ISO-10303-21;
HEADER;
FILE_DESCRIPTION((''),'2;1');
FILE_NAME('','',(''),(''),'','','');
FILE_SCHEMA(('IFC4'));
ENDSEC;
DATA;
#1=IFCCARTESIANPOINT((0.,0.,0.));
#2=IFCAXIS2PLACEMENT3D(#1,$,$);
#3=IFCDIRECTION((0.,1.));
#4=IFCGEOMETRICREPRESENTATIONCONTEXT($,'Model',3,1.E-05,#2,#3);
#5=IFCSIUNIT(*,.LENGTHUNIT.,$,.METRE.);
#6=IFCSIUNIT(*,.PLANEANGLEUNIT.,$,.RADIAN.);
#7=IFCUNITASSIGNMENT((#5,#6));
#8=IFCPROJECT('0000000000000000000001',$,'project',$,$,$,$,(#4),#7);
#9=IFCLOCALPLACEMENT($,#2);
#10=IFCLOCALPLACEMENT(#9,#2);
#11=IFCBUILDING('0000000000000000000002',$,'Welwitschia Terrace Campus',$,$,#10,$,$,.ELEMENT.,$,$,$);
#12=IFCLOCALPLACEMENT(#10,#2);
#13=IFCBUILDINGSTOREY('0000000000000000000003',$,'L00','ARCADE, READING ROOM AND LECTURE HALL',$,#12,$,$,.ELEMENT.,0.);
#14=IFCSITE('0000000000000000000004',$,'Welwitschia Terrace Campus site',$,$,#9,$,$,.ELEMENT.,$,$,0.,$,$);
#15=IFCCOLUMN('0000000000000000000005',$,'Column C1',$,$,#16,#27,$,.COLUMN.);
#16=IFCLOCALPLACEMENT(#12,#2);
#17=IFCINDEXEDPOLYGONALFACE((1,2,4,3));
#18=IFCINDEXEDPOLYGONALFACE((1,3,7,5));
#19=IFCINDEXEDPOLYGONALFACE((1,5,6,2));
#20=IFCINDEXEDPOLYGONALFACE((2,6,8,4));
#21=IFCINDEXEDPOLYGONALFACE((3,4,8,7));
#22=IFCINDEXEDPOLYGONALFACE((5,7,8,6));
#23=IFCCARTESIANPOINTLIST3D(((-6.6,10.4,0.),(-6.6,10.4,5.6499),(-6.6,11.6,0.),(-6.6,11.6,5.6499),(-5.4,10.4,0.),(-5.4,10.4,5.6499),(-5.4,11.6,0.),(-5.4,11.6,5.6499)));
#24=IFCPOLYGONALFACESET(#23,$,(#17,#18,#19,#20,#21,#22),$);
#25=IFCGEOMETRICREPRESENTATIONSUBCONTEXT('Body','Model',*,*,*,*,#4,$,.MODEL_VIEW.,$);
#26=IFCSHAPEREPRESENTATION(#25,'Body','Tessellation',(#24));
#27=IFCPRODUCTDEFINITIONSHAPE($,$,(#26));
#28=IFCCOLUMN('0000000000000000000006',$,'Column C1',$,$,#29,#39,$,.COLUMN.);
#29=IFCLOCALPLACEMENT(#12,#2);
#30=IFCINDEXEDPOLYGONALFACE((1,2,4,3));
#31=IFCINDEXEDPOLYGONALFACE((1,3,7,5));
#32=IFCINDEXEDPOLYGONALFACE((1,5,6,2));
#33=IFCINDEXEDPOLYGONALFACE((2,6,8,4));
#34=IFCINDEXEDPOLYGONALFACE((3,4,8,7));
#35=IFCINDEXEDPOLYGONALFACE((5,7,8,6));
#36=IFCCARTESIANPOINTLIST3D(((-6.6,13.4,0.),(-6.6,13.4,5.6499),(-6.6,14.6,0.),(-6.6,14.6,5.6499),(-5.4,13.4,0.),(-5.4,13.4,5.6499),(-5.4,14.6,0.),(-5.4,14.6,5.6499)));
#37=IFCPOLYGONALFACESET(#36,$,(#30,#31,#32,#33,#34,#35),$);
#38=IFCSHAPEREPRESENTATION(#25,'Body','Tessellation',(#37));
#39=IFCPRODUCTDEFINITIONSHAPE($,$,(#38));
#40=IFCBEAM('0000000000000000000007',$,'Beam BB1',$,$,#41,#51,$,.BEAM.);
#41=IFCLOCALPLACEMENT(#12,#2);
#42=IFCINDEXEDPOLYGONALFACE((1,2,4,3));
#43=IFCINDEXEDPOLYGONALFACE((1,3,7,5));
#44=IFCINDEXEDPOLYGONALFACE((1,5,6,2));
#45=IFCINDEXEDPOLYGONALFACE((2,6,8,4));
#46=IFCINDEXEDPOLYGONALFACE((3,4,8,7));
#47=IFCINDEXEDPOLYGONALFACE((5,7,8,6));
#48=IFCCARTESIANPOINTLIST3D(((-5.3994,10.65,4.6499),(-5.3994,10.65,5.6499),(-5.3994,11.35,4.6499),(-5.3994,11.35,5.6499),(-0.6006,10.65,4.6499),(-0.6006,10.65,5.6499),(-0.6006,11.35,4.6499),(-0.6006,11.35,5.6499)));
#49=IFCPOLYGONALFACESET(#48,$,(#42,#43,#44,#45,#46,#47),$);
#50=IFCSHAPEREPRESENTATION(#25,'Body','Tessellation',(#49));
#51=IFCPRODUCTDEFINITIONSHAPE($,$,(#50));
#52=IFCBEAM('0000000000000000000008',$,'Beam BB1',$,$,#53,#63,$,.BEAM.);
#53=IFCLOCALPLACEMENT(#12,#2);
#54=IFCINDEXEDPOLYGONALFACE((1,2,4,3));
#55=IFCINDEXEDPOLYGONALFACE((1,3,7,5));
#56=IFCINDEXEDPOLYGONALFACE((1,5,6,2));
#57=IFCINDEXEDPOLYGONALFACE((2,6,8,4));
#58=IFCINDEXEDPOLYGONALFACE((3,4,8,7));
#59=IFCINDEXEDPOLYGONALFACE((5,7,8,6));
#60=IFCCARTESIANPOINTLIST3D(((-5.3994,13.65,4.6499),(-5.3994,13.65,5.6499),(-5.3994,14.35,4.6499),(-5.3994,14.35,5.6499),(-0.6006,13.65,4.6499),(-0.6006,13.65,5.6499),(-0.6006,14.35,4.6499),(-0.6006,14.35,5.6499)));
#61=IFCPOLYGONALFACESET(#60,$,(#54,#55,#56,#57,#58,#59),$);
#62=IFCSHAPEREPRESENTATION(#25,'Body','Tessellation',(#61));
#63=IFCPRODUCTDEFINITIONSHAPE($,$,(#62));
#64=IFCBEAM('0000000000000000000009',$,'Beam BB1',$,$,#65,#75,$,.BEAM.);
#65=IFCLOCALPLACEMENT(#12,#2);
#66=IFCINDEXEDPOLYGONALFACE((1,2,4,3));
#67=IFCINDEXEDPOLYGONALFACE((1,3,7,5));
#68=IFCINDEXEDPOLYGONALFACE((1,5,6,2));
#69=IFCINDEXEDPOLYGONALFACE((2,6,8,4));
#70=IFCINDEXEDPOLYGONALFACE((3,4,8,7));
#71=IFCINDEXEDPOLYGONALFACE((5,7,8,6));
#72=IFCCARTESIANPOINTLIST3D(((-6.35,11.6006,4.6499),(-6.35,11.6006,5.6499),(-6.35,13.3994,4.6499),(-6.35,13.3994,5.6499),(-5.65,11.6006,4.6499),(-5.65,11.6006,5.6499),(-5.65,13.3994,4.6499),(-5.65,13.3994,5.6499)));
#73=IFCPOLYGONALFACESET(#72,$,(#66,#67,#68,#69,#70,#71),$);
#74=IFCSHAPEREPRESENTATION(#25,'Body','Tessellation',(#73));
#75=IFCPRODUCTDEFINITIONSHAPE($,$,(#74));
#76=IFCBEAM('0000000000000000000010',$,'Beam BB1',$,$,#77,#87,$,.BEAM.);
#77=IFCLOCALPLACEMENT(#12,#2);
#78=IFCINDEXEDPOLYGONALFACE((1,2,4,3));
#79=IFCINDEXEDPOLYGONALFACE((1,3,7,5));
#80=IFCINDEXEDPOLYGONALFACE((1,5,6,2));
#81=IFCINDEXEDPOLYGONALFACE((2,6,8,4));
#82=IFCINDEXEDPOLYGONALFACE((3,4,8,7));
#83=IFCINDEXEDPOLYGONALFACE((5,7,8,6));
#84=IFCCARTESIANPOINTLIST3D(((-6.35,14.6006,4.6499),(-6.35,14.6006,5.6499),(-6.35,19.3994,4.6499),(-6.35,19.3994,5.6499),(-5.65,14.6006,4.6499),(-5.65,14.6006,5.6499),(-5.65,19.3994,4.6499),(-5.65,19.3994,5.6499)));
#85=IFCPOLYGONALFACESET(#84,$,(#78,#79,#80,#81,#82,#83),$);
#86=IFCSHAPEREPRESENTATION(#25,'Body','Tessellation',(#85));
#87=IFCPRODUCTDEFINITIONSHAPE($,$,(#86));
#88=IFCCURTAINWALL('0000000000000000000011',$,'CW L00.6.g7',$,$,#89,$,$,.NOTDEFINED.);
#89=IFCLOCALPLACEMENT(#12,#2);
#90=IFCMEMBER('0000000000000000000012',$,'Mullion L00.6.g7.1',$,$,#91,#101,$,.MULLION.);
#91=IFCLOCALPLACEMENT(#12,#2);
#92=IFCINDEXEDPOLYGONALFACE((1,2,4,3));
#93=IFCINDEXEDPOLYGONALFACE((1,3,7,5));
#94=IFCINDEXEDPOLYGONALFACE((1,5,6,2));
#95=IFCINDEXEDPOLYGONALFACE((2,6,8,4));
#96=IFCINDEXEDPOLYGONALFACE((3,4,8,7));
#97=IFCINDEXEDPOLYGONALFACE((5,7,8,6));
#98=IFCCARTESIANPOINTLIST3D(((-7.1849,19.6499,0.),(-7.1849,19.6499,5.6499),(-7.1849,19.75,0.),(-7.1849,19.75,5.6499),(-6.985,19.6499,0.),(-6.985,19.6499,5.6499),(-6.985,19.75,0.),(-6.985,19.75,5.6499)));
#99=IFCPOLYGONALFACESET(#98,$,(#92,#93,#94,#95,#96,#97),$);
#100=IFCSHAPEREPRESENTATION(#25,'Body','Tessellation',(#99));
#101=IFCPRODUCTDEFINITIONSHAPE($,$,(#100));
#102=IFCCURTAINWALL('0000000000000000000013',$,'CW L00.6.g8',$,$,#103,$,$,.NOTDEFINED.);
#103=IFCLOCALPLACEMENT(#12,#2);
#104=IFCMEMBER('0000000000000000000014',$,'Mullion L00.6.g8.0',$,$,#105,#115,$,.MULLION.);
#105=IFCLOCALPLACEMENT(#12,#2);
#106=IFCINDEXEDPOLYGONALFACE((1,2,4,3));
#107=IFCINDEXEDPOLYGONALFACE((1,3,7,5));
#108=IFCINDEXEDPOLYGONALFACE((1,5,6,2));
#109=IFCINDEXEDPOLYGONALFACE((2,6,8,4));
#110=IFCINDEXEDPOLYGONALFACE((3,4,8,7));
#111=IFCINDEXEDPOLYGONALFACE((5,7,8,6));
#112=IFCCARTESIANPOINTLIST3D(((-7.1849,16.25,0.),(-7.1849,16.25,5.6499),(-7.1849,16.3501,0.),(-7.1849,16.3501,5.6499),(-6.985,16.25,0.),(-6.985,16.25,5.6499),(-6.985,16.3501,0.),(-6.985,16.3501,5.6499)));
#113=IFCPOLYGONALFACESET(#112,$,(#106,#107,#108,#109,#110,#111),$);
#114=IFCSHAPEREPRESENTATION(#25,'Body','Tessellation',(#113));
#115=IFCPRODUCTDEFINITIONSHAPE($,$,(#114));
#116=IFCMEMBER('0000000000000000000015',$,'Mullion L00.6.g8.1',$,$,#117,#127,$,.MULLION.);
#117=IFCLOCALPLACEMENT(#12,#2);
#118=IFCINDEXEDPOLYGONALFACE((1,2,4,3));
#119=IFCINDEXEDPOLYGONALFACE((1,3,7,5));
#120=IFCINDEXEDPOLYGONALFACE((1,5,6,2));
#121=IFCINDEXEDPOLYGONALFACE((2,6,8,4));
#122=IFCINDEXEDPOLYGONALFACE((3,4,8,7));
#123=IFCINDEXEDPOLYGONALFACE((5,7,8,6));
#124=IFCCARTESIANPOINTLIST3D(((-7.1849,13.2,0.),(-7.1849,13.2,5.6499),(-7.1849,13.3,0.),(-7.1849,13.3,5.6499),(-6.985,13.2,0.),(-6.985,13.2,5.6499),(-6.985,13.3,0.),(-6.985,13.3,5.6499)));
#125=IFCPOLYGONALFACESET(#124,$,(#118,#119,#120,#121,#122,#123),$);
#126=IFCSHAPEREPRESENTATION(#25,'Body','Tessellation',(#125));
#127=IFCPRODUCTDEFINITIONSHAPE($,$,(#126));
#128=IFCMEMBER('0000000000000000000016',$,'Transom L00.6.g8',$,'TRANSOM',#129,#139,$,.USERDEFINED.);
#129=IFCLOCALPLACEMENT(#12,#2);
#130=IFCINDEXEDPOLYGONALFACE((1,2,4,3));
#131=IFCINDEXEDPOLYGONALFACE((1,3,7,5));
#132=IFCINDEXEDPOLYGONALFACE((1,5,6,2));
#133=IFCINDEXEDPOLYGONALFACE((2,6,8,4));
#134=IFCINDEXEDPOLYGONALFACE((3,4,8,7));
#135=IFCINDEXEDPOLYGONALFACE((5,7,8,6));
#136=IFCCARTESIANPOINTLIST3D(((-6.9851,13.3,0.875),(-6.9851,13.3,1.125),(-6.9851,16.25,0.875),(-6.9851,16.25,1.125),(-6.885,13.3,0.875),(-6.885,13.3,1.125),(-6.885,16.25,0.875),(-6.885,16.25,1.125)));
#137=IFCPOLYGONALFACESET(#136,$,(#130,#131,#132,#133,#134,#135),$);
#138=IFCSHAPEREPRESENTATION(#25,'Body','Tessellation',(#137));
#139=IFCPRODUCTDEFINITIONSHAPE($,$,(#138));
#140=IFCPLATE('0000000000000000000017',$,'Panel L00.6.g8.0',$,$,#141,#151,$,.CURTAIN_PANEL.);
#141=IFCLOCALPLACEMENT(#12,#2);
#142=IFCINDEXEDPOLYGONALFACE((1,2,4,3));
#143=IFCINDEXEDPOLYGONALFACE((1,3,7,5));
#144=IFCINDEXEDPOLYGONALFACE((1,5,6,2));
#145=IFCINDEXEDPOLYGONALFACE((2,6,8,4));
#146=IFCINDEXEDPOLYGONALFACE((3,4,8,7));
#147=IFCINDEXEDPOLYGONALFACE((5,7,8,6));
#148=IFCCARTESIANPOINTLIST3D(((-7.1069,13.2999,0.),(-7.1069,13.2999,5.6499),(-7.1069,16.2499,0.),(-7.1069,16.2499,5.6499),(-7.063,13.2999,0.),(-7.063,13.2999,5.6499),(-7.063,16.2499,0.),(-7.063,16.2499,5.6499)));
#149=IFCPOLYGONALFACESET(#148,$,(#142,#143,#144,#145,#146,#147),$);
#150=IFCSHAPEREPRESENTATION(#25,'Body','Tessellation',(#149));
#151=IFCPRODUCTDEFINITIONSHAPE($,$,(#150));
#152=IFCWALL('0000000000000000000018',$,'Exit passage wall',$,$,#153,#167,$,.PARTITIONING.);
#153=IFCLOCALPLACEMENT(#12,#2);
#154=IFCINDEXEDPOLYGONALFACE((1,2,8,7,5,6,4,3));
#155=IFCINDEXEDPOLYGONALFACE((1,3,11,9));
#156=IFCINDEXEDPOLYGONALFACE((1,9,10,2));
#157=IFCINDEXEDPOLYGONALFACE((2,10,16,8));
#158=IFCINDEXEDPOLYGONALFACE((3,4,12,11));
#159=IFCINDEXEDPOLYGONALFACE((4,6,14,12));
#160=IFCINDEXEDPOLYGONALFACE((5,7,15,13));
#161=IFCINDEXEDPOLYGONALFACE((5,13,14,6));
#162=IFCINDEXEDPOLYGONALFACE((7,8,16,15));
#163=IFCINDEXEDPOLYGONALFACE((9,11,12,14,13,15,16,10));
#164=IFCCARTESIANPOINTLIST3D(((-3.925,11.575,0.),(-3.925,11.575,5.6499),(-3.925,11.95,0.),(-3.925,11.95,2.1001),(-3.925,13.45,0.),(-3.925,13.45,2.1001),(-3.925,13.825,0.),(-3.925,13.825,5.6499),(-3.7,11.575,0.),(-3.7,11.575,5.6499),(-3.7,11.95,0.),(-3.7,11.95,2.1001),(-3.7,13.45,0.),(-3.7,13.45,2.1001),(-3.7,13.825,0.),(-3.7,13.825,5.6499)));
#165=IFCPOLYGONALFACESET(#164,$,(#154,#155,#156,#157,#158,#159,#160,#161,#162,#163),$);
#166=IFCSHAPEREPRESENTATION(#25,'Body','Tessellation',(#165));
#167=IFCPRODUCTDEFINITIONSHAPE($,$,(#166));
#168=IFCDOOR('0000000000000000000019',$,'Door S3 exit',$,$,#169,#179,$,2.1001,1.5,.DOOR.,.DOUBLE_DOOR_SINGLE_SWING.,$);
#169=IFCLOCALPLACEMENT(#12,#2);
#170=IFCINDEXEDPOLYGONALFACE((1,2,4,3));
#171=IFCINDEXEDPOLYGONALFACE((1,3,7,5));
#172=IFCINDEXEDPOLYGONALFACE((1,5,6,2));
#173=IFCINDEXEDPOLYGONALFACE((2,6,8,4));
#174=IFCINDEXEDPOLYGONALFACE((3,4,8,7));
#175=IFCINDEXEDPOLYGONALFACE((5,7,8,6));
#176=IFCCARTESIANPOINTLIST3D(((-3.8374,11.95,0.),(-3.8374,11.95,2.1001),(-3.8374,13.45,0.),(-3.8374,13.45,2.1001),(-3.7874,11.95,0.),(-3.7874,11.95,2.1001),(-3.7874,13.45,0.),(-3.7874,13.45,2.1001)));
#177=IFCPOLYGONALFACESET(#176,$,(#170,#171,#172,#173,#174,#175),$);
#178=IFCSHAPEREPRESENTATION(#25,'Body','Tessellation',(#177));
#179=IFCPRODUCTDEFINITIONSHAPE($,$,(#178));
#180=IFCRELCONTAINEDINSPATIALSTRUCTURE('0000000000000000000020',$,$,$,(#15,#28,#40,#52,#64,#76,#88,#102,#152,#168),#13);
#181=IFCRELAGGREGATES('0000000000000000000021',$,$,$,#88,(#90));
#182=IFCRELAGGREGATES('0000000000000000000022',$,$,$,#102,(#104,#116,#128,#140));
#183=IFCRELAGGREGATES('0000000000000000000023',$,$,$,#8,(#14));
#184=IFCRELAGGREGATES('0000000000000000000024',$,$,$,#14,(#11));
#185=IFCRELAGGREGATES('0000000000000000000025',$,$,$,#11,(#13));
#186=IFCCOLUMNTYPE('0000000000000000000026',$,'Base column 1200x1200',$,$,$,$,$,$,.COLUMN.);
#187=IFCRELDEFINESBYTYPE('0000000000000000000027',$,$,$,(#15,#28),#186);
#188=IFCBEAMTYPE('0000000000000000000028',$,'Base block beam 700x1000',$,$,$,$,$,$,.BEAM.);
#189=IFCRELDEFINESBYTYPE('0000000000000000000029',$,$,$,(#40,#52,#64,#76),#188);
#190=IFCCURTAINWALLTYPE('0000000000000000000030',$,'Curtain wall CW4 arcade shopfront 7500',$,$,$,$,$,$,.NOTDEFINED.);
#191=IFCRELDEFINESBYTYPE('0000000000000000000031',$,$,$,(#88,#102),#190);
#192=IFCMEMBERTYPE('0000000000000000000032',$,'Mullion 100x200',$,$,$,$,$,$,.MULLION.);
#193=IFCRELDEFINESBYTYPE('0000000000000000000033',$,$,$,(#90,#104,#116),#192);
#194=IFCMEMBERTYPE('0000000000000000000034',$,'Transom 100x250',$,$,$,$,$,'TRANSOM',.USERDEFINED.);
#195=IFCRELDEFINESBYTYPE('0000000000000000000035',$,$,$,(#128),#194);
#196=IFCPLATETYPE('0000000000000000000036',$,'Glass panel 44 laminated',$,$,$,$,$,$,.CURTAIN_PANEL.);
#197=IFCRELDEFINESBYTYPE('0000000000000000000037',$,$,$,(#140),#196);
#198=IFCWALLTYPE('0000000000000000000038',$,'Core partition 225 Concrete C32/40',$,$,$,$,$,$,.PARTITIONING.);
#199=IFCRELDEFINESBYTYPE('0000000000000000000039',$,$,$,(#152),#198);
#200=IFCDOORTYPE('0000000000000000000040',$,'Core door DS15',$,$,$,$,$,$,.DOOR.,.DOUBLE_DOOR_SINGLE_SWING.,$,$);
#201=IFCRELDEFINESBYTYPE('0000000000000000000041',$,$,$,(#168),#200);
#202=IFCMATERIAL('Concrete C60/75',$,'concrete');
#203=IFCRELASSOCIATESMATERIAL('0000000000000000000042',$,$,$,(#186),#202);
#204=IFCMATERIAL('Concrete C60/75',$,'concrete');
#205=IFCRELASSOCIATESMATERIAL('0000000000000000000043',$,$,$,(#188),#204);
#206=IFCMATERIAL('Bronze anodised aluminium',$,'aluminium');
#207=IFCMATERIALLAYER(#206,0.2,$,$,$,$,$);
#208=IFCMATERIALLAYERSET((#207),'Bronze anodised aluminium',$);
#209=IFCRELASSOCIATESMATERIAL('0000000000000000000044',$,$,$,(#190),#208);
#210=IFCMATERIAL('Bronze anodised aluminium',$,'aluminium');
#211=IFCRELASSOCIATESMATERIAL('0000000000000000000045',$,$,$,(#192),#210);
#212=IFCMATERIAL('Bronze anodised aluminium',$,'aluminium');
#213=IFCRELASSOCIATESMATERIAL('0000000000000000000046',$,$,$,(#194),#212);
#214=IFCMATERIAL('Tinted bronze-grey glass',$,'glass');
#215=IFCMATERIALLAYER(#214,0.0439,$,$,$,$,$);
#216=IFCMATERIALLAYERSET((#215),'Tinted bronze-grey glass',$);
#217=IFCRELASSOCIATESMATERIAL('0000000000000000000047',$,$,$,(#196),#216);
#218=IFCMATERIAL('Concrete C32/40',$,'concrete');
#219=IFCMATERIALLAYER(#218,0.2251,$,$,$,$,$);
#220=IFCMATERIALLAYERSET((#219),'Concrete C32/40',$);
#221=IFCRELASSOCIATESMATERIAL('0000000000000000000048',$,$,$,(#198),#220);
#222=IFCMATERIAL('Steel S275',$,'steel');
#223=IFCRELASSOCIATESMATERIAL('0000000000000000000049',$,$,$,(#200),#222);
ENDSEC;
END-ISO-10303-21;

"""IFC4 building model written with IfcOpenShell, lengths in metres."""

from ifc_helpers import new_model, si_unit, direction, frame, frame_2d, origin, origin_2d, place, context, subcontext, project, spatial, rectangle, extrude, material, layer, layer_set, material_profile, profile_set, type_object, element, fill, aggregate, save


model = new_model("IFC4")

# Units and contexts
model_context = context("Model", 3, precision=1e-05, world=origin(), true_north=direction((0.0, 1.0)))
body_context = subcontext(model_context, "Body", "Model", "MODEL_VIEW")
ifc_project = project(units=[si_unit("LENGTHUNIT", "METRE"), si_unit("PLANEANGLEUNIT", "RADIAN")], contexts=[model_context])

# Site, building, storey
site_placement = place(None, origin())
site = spatial("IfcSite", under=ifc_project, at=site_placement, Name="Welwitschia Terrace Campus site", CompositionType="ELEMENT", RefElevation=0.0)
building_placement = place(site_placement, origin())
building = spatial("IfcBuilding", under=site, at=building_placement, Name="Welwitschia Terrace Campus", CompositionType="ELEMENT")
storey_placement = place(building_placement, origin())
storey = spatial("IfcBuildingStorey", under=building, at=storey_placement, Name="L00", Description="ARCADE, READING ROOM AND LECTURE HALL", CompositionType="ELEMENT", Elevation=0.0)

# Columns
ifc_material_1 = material(Name="Concrete C60/75", Category="concrete")
ifc_material_profile_1 = material_profile(ifc_material_1, rectangle(XDim=1.2, YDim=1.2, at=origin_2d()))
ifc_profile_set_1 = profile_set([ifc_material_profile_1], Name="Concrete C60/75")
column_type = type_object("IfcColumnType", Name="Base column 1200x1200", PredefinedType="COLUMN", material=ifc_profile_set_1)
for number, where, z_axis, x_axis, name in (
    (1, (-6.0, 11.0, 0.0), (0.0, 0.0, 1.0), (1.0, 0.0, 0.0), "Column C1"),
    (2, (-6.0, 14.0, 0.0), (0.0, 0.0, 1.0), (1.0, 0.0, 0.0), "Column C1"),
):
    element("IfcColumn", number, at=place(storey_placement, frame(where, z_axis=z_axis, x_axis=x_axis)), inside=storey, type_object=column_type, Name=name, PredefinedType="COLUMN", context=body_context, shape_type="SweptSolid", body=[
        extrude(rectangle(XDim=1.2, YDim=1.2, at=origin_2d()), origin(), (0.0, 0.0, 1.0), 5.6499),
    ])

# Beams
ifc_material_2 = material(Name="Concrete C60/75", Category="concrete")
ifc_material_profile_2 = material_profile(ifc_material_2, rectangle(XDim=0.7, YDim=1.0, at=origin_2d()))
ifc_profile_set_2 = profile_set([ifc_material_profile_2], Name="Concrete C60/75")
beam_type = type_object("IfcBeamType", Name="Base block beam 700x1000", PredefinedType="BEAM", material=ifc_profile_set_2)
for number, where, z_axis, x_axis, name in (
    (3, (-5.3994, 11.0, 5.1499), (1.0, 0.0, 0.0), (0.0, 1.0, 0.0), "Beam BB1"),
    (4, (-5.3994, 14.0, 5.1499), (1.0, 0.0, 0.0), (0.0, 1.0, 0.0), "Beam BB1"),
):
    element("IfcBeam", number, at=place(storey_placement, frame(where, z_axis=z_axis, x_axis=x_axis)), inside=storey, type_object=beam_type, Name=name, PredefinedType="BEAM", context=body_context, shape_type="SweptSolid", body=[
        extrude(rectangle(XDim=0.7, YDim=1.0, at=origin_2d()), origin(), (0.0, 0.0, 1.0), 4.7988),
    ])
beam_1_placement = place(storey_placement, frame((-6.0, 11.6006, 5.1499), z_axis=(0.0, 1.0, 0.0), x_axis=(-1.0, 0.0, 0.0)))
element("IfcBeam", 5, at=beam_1_placement, inside=storey, type_object=beam_type, Name="Beam BB1", PredefinedType="BEAM", context=body_context, shape_type="SweptSolid", body=[
    extrude(rectangle(XDim=0.7, YDim=1.0, at=origin_2d()), origin(), (0.0, 0.0, 1.0), 1.7988),
])
beam_2_placement = place(storey_placement, frame((-6.0, 14.6006, 5.1499), z_axis=(0.0, 1.0, 0.0), x_axis=(-1.0, 0.0, 0.0)))
element("IfcBeam", 6, at=beam_2_placement, inside=storey, type_object=beam_type, Name="Beam BB1", PredefinedType="BEAM", context=body_context, shape_type="SweptSolid", body=[
    extrude(rectangle(XDim=0.7, YDim=1.0, at=origin_2d()), origin(), (0.0, 0.0, 1.0), 4.7988),
])

# Curtain wall, member
ifc_material_3 = material(Name="Bronze anodised aluminium", Category="aluminium")
ifc_layer_1 = layer(ifc_material_3, 0.2)
ifc_layer_set_1 = layer_set([ifc_layer_1], Name="Bronze anodised aluminium")
curtain_wall_type = type_object("IfcCurtainWallType", Name="Curtain wall CW4 arcade shopfront 7500", PredefinedType="NOTDEFINED", material=ifc_layer_set_1)
curtain_wall_1_placement = place(storey_placement, origin())
curtain_wall_1 = element("IfcCurtainWall", 7, at=curtain_wall_1_placement, inside=storey, type_object=curtain_wall_type, Name="CW L00.6.g7", PredefinedType="NOTDEFINED")
ifc_material_4 = material(Name="Bronze anodised aluminium", Category="aluminium")
ifc_material_profile_3 = material_profile(ifc_material_4, rectangle(XDim=0.2, YDim=0.1001, at=origin_2d()))
ifc_profile_set_3 = profile_set([ifc_material_profile_3], Name="Bronze anodised aluminium")
member_type_1 = type_object("IfcMemberType", Name="Mullion 100x200", PredefinedType="MULLION", material=ifc_profile_set_3)
member_1_placement = place(storey_placement, frame((-7.085, 19.7, 0.0), z_axis=(0.0, 0.0, 1.0), x_axis=(1.0, 0.0, 0.0)))
member_1 = element("IfcMember", 8, at=member_1_placement, type_object=member_type_1, Name="Mullion L00.6.g7.1", PredefinedType="MULLION", context=body_context, shape_type="SweptSolid", body=[
    extrude(rectangle(XDim=0.2, YDim=0.1001, at=origin_2d()), origin(), (0.0, 0.0, 1.0), 5.6499),
])
aggregate(curtain_wall_1, [member_1])

# Curtain wall, members, plate
curtain_wall_2_placement = place(storey_placement, origin())
curtain_wall_2 = element("IfcCurtainWall", 9, at=curtain_wall_2_placement, inside=storey, type_object=curtain_wall_type, Name="CW L00.6.g8", PredefinedType="NOTDEFINED")
member_2_placement = place(storey_placement, frame((-7.085, 16.3, 0.0), z_axis=(0.0, 0.0, 1.0), x_axis=(1.0, 0.0, 0.0)))
member_2 = element("IfcMember", 10, at=member_2_placement, type_object=member_type_1, Name="Mullion L00.6.g8.0", PredefinedType="MULLION", context=body_context, shape_type="SweptSolid", body=[
    extrude(rectangle(XDim=0.2, YDim=0.1001, at=origin_2d()), origin(), (0.0, 0.0, 1.0), 5.6499),
])
member_3_placement = place(storey_placement, frame((-7.085, 13.25, 0.0), z_axis=(0.0, 0.0, 1.0), x_axis=(1.0, 0.0, 0.0)))
member_3 = element("IfcMember", 11, at=member_3_placement, type_object=member_type_1, Name="Mullion L00.6.g8.1", PredefinedType="MULLION", context=body_context, shape_type="SweptSolid", body=[
    extrude(rectangle(XDim=0.2, YDim=0.1001, at=origin_2d()), origin(), (0.0, 0.0, 1.0), 5.6499),
])
ifc_material_5 = material(Name="Bronze anodised aluminium", Category="aluminium")
ifc_material_profile_4 = material_profile(ifc_material_5, rectangle(XDim=0.1001, YDim=0.25, at=origin_2d()))
ifc_profile_set_4 = profile_set([ifc_material_profile_4], Name="Bronze anodised aluminium")
member_type_2 = type_object("IfcMemberType", Name="Transom 100x250", ElementType="TRANSOM", PredefinedType="USERDEFINED", material=ifc_profile_set_4)
member_4_placement = place(storey_placement, frame((-6.9351, 16.25, 1.0), z_axis=(0.0, -1.0, 0.0), x_axis=(1.0, 0.0, 0.0)))
member_4 = element("IfcMember", 12, at=member_4_placement, type_object=member_type_2, Name="Transom L00.6.g8", ObjectType="TRANSOM", PredefinedType="USERDEFINED", context=body_context, shape_type="SweptSolid", body=[
    extrude(rectangle(XDim=0.1001, YDim=0.25, at=origin_2d()), origin(), (0.0, 0.0, 1.0), 2.95),
])
ifc_material_6 = material(Name="Tinted bronze-grey glass", Category="glass")
ifc_layer_2 = layer(ifc_material_6, 0.0439)
ifc_layer_set_2 = layer_set([ifc_layer_2], Name="Tinted bronze-grey glass")
plate_type = type_object("IfcPlateType", Name="Glass panel 44 laminated", PredefinedType="CURTAIN_PANEL", material=ifc_layer_set_2)
plate_placement = place(storey_placement, frame((-7.085, 14.7749, 0.0), z_axis=(0.0, 0.0, 1.0), x_axis=(0.0, -1.0, 0.0)))
plate = element("IfcPlate", 13, at=plate_placement, type_object=plate_type, Name="Panel L00.6.g8.0", PredefinedType="CURTAIN_PANEL", context=body_context, shape_type="SweptSolid", body=[
    extrude(rectangle(XDim=2.95, YDim=0.0439, at=origin_2d()), origin(), (0.0, 0.0, 1.0), 5.6499),
])
aggregate(curtain_wall_2, [member_2, member_3, member_4, plate])

# Wall, opening, door
ifc_material_7 = material(Name="Concrete C32/40", Category="concrete")
ifc_layer_3 = layer(ifc_material_7, 0.2251)
ifc_layer_set_3 = layer_set([ifc_layer_3], Name="Concrete C32/40")
wall_type_1 = type_object("IfcWallType", Name="Core partition 225 Concrete C32/40", PredefinedType="PARTITIONING", material=ifc_layer_set_3)
wall_1_placement = place(storey_placement, frame((-3.8125, 11.575, 0.0), z_axis=(0.0, 0.0, 1.0), x_axis=(0.0, 1.0, 0.0)))
wall_1 = element("IfcWall", 14, at=wall_1_placement, inside=storey, type_object=wall_type_1, Name="Exit passage wall", PredefinedType="PARTITIONING", context=body_context, shape_type="SweptSolid", body=[
    extrude(rectangle(XDim=2.25, YDim=0.2251, at=frame_2d((1.125, 0.0))), origin(), (0.0, 0.0, 1.0), 5.6499),
])
opening_1_placement = place(wall_1_placement, frame((0.375, 0.0, 0.0)))
opening_1 = element("IfcOpeningElement", 15, at=opening_1_placement, cuts=wall_1, PredefinedType="OPENING", context=body_context, shape_type="SweptSolid", body=[
    extrude(rectangle(XDim=1.5, YDim=2.1001, at=frame_2d((0.75, 1.05))), frame((0.0, 0.1226, 0.0), z_axis=(0.0, -1.0, 0.0), x_axis=(1.0, 0.0, 0.0)), (0.0, 0.0, 1.0), 0.2451),
])
ifc_material_8 = material(Name="Steel S275", Category="steel")
door_type_1 = type_object("IfcDoorType", Name="Core door DS15", OperationType="DOUBLE_DOOR_SINGLE_SWING", PredefinedType="DOOR", material=ifc_material_8)
door_1_placement = place(opening_1_placement, origin())
door_1 = element("IfcDoor", 16, at=door_1_placement, inside=storey, type_object=door_type_1, Name="Door S3 exit", OperationType="DOUBLE_DOOR_SINGLE_SWING", OverallHeight=2.1001, OverallWidth=1.5, PredefinedType="DOOR", context=body_context, shape_type="SweptSolid", body=[
    extrude(rectangle(XDim=1.5, YDim=2.1001, at=frame_2d((0.75, 1.05))), frame((0.0, 0.0249, 0.0), z_axis=(0.0, -1.0, 0.0), x_axis=(1.0, 0.0, 0.0)), (0.0, 0.0, 1.0), 0.05),
])
fill(opening_1, door_1)

save(model, "model.ifc")
